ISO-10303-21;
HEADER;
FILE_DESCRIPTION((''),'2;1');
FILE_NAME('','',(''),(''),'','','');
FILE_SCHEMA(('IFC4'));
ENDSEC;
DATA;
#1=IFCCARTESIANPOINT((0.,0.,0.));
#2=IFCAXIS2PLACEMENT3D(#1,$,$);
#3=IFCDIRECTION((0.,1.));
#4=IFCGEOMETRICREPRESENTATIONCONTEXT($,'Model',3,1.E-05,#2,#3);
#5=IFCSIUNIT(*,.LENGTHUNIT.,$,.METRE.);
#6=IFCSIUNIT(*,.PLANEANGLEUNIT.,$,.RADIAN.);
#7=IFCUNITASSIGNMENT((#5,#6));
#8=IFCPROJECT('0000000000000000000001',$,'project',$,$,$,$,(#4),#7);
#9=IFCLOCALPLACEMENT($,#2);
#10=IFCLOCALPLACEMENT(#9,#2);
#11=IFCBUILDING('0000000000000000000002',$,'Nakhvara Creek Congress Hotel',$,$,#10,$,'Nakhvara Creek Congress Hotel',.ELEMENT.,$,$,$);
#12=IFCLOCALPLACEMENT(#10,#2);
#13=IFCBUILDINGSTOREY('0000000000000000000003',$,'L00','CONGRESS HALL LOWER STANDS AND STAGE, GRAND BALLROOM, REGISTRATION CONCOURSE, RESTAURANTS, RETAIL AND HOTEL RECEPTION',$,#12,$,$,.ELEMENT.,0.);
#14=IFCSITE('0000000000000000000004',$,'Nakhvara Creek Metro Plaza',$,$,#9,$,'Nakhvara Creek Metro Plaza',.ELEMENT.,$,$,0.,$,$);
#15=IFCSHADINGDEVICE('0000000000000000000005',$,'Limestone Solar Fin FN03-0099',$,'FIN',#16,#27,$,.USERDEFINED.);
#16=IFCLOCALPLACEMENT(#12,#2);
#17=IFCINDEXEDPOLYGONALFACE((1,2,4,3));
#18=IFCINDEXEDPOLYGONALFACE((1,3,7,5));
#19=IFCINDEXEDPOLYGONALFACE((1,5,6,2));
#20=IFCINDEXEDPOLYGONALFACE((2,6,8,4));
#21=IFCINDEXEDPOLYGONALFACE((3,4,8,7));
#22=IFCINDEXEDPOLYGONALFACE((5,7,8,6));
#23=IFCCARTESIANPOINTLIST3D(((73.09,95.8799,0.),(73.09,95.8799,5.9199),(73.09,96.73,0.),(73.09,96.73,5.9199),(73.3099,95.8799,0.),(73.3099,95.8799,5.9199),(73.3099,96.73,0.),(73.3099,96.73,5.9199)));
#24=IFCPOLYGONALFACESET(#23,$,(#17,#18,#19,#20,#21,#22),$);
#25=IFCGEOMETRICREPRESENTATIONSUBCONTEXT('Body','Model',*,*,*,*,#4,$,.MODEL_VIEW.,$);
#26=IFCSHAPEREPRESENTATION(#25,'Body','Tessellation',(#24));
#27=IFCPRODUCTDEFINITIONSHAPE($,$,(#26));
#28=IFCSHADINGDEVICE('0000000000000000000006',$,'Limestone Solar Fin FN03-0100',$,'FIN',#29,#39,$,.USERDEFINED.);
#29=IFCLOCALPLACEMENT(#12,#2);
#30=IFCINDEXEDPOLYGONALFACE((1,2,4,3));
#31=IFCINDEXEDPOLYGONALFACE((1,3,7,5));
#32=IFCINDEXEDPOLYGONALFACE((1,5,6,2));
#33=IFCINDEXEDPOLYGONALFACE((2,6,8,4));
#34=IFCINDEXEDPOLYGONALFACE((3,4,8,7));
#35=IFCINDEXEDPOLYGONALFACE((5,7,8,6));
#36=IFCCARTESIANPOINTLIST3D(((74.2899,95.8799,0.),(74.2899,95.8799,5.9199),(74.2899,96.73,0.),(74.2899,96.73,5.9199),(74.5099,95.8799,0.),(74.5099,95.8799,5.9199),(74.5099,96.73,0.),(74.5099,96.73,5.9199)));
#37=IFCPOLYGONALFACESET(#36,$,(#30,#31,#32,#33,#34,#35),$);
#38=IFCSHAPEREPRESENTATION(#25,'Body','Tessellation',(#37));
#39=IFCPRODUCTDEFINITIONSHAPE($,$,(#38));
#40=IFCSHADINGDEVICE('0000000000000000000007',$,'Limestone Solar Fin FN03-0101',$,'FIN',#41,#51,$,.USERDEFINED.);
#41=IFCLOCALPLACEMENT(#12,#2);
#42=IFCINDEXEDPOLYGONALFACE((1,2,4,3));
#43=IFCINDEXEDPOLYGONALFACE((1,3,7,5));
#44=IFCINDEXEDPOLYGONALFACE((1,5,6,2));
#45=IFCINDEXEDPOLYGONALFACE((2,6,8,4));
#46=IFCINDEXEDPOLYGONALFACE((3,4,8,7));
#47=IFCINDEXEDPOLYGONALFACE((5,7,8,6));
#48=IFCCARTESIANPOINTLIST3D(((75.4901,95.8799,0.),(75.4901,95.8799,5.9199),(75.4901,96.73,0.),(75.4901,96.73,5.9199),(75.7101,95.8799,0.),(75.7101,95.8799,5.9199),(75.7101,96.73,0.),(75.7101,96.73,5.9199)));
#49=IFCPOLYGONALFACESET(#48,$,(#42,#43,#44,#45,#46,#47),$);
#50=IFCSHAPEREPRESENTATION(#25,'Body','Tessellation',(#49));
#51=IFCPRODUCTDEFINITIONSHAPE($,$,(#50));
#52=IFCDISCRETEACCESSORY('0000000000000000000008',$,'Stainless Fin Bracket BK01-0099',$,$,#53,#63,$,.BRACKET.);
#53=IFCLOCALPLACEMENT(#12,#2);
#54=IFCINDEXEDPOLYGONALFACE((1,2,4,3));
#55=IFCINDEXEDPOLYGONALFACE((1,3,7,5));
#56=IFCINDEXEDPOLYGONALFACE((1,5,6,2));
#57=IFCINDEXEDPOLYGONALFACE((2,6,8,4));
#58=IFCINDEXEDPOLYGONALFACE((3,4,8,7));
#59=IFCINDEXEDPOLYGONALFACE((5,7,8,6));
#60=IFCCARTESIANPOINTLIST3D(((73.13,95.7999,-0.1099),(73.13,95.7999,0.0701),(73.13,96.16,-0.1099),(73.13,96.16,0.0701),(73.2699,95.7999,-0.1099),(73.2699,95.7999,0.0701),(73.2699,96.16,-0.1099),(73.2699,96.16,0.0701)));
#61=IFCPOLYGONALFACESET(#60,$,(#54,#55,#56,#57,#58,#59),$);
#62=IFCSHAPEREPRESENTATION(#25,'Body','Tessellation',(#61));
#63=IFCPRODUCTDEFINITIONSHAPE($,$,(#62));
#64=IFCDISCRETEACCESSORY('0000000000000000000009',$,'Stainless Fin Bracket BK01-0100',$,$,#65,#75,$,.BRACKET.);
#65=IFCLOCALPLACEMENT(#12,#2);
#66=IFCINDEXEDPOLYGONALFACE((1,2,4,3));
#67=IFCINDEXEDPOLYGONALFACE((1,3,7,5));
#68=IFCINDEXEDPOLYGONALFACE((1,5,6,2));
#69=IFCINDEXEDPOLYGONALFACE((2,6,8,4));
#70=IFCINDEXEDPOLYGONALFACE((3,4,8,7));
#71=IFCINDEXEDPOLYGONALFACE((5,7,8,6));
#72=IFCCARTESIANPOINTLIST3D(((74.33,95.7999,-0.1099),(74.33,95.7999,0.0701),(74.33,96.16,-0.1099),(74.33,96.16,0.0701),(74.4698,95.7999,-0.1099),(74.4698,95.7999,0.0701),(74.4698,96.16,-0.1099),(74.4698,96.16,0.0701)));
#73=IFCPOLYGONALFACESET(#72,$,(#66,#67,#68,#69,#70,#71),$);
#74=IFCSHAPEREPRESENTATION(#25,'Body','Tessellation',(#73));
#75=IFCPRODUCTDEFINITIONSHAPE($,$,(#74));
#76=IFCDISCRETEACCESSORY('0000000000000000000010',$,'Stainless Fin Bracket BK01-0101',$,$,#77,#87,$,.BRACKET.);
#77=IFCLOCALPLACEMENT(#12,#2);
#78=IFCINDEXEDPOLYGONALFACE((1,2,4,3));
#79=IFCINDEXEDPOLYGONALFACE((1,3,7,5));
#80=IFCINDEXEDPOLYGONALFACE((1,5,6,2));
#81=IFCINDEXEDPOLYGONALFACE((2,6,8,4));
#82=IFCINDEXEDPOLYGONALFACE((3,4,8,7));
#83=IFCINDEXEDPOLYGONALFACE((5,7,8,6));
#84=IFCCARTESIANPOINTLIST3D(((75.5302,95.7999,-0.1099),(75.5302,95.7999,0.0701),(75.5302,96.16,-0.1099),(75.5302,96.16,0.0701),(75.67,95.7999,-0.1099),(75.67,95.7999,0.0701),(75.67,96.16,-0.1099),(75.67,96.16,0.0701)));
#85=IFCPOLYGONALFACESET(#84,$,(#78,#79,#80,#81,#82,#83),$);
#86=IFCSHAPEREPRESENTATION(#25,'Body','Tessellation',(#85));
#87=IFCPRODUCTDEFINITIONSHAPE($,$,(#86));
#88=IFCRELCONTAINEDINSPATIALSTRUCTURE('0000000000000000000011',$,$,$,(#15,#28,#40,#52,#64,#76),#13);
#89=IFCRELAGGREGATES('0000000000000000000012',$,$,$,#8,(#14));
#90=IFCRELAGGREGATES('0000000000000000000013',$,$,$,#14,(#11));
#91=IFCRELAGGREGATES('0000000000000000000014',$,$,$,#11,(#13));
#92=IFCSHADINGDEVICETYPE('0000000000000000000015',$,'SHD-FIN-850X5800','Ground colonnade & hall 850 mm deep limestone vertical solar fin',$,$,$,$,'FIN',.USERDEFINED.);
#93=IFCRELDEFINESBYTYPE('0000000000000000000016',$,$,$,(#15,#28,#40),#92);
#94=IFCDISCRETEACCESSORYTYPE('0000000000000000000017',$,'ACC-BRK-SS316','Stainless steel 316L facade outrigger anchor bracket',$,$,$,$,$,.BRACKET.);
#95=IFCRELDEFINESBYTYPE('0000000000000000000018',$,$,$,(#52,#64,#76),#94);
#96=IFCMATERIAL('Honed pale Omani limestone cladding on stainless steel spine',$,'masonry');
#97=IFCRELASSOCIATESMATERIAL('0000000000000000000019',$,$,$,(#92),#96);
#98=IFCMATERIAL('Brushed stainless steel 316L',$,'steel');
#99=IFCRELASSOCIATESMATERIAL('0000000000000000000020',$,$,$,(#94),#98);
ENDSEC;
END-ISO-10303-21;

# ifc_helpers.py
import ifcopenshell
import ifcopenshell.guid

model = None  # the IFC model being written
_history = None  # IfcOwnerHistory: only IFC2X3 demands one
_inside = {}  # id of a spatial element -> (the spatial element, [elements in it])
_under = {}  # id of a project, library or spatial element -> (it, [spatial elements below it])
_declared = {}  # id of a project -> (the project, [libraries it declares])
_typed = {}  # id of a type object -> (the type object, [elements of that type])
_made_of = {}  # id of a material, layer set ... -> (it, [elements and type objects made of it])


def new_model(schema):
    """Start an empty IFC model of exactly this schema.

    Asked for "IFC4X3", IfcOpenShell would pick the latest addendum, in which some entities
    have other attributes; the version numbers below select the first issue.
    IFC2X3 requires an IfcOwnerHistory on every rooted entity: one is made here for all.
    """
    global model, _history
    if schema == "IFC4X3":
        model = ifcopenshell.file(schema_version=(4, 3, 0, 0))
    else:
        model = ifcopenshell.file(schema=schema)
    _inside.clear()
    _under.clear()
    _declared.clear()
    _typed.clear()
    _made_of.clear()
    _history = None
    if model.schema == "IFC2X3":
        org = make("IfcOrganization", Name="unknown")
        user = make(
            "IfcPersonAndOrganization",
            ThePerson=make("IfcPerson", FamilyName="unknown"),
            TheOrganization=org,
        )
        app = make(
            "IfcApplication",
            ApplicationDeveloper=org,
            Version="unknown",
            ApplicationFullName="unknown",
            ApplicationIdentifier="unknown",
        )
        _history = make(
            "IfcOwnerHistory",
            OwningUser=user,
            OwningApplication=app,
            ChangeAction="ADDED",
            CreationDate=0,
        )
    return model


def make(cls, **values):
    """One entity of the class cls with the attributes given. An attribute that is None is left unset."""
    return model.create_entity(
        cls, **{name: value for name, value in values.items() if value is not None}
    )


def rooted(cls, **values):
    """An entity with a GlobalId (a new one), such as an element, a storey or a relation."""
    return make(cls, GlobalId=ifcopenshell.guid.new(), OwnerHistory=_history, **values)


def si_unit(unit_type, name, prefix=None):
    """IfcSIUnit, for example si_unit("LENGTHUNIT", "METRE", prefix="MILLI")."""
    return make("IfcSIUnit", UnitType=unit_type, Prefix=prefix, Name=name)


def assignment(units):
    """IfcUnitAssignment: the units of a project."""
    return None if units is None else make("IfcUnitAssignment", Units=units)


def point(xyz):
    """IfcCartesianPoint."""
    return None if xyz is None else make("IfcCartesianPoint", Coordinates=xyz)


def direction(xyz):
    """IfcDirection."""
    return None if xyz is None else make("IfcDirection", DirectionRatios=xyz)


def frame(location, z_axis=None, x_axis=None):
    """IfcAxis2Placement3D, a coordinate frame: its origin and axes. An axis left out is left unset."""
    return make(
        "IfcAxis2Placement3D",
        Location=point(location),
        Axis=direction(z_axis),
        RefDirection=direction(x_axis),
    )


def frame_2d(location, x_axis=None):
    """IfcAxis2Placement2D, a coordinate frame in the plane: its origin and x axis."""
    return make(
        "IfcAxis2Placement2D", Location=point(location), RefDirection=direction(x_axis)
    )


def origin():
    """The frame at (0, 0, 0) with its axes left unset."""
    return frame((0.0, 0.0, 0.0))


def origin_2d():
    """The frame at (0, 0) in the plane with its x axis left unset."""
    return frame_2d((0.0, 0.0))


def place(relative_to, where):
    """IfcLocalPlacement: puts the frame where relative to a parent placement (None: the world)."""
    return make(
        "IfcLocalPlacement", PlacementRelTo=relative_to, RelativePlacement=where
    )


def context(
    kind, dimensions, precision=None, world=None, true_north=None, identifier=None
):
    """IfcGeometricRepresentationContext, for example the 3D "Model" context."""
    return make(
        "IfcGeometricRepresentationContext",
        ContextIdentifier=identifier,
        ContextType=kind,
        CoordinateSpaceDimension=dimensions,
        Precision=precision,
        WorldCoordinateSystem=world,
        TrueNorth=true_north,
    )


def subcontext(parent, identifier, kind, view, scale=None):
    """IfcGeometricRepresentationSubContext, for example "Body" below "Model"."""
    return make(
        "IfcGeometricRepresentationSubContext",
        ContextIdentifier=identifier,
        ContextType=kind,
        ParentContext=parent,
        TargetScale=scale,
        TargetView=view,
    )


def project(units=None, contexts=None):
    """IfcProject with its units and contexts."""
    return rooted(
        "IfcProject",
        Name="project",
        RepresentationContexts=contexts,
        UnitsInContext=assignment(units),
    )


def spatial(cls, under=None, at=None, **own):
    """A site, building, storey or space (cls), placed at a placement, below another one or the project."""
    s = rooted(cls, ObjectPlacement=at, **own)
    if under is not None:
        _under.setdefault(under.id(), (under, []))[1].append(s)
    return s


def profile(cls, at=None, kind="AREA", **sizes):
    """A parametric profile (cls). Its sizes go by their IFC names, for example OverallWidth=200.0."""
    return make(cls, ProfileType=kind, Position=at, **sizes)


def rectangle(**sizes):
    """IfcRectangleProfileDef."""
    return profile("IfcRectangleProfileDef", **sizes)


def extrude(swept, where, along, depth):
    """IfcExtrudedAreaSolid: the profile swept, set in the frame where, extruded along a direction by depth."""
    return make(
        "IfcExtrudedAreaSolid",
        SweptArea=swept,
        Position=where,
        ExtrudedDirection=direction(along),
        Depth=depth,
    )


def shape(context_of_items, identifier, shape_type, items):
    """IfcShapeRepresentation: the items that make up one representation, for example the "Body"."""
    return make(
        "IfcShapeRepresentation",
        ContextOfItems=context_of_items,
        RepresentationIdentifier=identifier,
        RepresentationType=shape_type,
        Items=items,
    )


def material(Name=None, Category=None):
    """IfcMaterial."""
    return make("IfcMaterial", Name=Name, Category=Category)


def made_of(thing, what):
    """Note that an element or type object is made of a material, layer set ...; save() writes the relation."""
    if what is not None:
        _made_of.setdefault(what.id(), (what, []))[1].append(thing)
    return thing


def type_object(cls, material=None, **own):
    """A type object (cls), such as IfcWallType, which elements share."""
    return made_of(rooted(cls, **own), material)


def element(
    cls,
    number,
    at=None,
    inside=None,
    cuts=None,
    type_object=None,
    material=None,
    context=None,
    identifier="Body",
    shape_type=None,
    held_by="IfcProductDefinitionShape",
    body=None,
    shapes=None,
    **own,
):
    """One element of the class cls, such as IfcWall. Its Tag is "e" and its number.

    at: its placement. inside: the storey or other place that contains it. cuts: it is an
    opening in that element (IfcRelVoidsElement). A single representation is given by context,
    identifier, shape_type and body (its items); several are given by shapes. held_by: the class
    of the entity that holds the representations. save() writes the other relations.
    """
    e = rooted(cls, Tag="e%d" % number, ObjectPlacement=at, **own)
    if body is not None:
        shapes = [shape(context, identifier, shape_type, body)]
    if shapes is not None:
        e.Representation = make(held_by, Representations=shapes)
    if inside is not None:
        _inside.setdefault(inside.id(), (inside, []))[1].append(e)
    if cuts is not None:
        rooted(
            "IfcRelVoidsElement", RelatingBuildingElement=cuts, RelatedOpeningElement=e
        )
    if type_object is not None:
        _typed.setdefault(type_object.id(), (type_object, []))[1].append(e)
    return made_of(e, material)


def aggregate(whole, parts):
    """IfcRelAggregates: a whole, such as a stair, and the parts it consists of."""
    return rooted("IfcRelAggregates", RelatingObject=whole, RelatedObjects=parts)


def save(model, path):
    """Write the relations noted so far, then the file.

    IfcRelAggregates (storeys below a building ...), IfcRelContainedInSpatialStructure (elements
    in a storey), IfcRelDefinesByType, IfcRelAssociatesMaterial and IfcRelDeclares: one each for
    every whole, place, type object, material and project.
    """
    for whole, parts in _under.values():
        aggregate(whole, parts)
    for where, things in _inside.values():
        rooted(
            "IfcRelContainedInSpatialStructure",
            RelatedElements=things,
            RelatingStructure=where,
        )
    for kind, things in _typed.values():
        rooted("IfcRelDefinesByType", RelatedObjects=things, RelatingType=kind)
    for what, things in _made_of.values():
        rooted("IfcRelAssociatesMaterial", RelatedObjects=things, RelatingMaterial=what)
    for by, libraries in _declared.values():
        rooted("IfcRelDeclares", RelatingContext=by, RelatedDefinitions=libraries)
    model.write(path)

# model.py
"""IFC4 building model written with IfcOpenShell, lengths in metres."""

from ifc_helpers import new_model, si_unit, direction, frame, origin, origin_2d, place, context, subcontext, project, spatial, rectangle, extrude, material, type_object, element, save


model = new_model("IFC4")

# Units and contexts
model_context = context("Model", 3, precision=1e-05, world=origin(), true_north=direction((0.0, 1.0)))
body_context = subcontext(model_context, "Body", "Model", "MODEL_VIEW")
ifc_project = project(units=[si_unit("LENGTHUNIT", "METRE"), si_unit("PLANEANGLEUNIT", "RADIAN")], contexts=[model_context])

# Site, building, storey
site_placement = place(None, origin())
site = spatial("IfcSite", under=ifc_project, at=site_placement, Name="Nakhvara Creek Metro Plaza", LongName="Nakhvara Creek Metro Plaza", CompositionType="ELEMENT", RefElevation=0.0)
building_placement = place(site_placement, origin())
building = spatial("IfcBuilding", under=site, at=building_placement, Name="Nakhvara Creek Congress Hotel", LongName="Nakhvara Creek Congress Hotel", CompositionType="ELEMENT")
storey_placement = place(building_placement, origin())
storey = spatial("IfcBuildingStorey", under=building, at=storey_placement, Name="L00", Description="CONGRESS HALL LOWER STANDS AND STAGE, GRAND BALLROOM, REGISTRATION CONCOURSE, RESTAURANTS, RETAIL AND HOTEL RECEPTION", CompositionType="ELEMENT", Elevation=0.0)

# Shading devices
ifc_material_1 = material(Name="Honed pale Omani limestone cladding on stainless steel spine", Category="masonry")
shading_device_type = type_object("IfcShadingDeviceType", Name="SHD-FIN-850X5800", Description="Ground colonnade & hall 850 mm deep limestone vertical solar fin", ElementType="FIN", PredefinedType="USERDEFINED", material=ifc_material_1)
for number, where, z_axis, x_axis, name in (
    (1, (73.2, 96.3049, 0.0), (0.0, 0.0, 1.0), (1.0, 0.0, 0.0), "Limestone Solar Fin FN03-0099"),
    (2, (74.3999, 96.3049, 0.0), (0.0, 0.0, 1.0), (1.0, 0.0, 0.0), "Limestone Solar Fin FN03-0100"),
    (3, (75.6001, 96.3049, 0.0), (0.0, 0.0, 1.0), (1.0, 0.0, 0.0), "Limestone Solar Fin FN03-0101"),
):
    element("IfcShadingDevice", number, at=place(storey_placement, frame(where, z_axis=z_axis, x_axis=x_axis)), inside=storey, type_object=shading_device_type, Name=name, ObjectType="FIN", PredefinedType="USERDEFINED", context=body_context, shape_type="SweptSolid", body=[
        extrude(rectangle(XDim=0.22, YDim=0.8501, at=origin_2d()), origin(), (0.0, 0.0, 1.0), 5.9199),
    ])

# Discrete accessories
ifc_material_2 = material(Name="Brushed stainless steel 316L", Category="steel")
discrete_accessory_type = type_object("IfcDiscreteAccessoryType", Name="ACC-BRK-SS316", Description="Stainless steel 316L facade outrigger anchor bracket", PredefinedType="BRACKET", material=ifc_material_2)
for number, where, z_axis, x_axis, name in (
    (4, (73.2, 95.98, -0.1099), (0.0, 0.0, 1.0), (1.0, 0.0, 0.0), "Stainless Fin Bracket BK01-0099"),
    (5, (74.3999, 95.98, -0.1099), (0.0, 0.0, 1.0), (1.0, 0.0, 0.0), "Stainless Fin Bracket BK01-0100"),
    (6, (75.6001, 95.98, -0.1099), (0.0, 0.0, 1.0), (1.0, 0.0, 0.0), "Stainless Fin Bracket BK01-0101"),
):
    element("IfcDiscreteAccessory", number, at=place(storey_placement, frame(where, z_axis=z_axis, x_axis=x_axis)), inside=storey, type_object=discrete_accessory_type, Name=name, PredefinedType="BRACKET", context=body_context, shape_type="SweptSolid", body=[
        extrude(rectangle(XDim=0.1399, YDim=0.3601, at=origin_2d()), origin(), (0.0, 0.0, 1.0), 0.1799),
    ])

save(model, "model.ifc")
